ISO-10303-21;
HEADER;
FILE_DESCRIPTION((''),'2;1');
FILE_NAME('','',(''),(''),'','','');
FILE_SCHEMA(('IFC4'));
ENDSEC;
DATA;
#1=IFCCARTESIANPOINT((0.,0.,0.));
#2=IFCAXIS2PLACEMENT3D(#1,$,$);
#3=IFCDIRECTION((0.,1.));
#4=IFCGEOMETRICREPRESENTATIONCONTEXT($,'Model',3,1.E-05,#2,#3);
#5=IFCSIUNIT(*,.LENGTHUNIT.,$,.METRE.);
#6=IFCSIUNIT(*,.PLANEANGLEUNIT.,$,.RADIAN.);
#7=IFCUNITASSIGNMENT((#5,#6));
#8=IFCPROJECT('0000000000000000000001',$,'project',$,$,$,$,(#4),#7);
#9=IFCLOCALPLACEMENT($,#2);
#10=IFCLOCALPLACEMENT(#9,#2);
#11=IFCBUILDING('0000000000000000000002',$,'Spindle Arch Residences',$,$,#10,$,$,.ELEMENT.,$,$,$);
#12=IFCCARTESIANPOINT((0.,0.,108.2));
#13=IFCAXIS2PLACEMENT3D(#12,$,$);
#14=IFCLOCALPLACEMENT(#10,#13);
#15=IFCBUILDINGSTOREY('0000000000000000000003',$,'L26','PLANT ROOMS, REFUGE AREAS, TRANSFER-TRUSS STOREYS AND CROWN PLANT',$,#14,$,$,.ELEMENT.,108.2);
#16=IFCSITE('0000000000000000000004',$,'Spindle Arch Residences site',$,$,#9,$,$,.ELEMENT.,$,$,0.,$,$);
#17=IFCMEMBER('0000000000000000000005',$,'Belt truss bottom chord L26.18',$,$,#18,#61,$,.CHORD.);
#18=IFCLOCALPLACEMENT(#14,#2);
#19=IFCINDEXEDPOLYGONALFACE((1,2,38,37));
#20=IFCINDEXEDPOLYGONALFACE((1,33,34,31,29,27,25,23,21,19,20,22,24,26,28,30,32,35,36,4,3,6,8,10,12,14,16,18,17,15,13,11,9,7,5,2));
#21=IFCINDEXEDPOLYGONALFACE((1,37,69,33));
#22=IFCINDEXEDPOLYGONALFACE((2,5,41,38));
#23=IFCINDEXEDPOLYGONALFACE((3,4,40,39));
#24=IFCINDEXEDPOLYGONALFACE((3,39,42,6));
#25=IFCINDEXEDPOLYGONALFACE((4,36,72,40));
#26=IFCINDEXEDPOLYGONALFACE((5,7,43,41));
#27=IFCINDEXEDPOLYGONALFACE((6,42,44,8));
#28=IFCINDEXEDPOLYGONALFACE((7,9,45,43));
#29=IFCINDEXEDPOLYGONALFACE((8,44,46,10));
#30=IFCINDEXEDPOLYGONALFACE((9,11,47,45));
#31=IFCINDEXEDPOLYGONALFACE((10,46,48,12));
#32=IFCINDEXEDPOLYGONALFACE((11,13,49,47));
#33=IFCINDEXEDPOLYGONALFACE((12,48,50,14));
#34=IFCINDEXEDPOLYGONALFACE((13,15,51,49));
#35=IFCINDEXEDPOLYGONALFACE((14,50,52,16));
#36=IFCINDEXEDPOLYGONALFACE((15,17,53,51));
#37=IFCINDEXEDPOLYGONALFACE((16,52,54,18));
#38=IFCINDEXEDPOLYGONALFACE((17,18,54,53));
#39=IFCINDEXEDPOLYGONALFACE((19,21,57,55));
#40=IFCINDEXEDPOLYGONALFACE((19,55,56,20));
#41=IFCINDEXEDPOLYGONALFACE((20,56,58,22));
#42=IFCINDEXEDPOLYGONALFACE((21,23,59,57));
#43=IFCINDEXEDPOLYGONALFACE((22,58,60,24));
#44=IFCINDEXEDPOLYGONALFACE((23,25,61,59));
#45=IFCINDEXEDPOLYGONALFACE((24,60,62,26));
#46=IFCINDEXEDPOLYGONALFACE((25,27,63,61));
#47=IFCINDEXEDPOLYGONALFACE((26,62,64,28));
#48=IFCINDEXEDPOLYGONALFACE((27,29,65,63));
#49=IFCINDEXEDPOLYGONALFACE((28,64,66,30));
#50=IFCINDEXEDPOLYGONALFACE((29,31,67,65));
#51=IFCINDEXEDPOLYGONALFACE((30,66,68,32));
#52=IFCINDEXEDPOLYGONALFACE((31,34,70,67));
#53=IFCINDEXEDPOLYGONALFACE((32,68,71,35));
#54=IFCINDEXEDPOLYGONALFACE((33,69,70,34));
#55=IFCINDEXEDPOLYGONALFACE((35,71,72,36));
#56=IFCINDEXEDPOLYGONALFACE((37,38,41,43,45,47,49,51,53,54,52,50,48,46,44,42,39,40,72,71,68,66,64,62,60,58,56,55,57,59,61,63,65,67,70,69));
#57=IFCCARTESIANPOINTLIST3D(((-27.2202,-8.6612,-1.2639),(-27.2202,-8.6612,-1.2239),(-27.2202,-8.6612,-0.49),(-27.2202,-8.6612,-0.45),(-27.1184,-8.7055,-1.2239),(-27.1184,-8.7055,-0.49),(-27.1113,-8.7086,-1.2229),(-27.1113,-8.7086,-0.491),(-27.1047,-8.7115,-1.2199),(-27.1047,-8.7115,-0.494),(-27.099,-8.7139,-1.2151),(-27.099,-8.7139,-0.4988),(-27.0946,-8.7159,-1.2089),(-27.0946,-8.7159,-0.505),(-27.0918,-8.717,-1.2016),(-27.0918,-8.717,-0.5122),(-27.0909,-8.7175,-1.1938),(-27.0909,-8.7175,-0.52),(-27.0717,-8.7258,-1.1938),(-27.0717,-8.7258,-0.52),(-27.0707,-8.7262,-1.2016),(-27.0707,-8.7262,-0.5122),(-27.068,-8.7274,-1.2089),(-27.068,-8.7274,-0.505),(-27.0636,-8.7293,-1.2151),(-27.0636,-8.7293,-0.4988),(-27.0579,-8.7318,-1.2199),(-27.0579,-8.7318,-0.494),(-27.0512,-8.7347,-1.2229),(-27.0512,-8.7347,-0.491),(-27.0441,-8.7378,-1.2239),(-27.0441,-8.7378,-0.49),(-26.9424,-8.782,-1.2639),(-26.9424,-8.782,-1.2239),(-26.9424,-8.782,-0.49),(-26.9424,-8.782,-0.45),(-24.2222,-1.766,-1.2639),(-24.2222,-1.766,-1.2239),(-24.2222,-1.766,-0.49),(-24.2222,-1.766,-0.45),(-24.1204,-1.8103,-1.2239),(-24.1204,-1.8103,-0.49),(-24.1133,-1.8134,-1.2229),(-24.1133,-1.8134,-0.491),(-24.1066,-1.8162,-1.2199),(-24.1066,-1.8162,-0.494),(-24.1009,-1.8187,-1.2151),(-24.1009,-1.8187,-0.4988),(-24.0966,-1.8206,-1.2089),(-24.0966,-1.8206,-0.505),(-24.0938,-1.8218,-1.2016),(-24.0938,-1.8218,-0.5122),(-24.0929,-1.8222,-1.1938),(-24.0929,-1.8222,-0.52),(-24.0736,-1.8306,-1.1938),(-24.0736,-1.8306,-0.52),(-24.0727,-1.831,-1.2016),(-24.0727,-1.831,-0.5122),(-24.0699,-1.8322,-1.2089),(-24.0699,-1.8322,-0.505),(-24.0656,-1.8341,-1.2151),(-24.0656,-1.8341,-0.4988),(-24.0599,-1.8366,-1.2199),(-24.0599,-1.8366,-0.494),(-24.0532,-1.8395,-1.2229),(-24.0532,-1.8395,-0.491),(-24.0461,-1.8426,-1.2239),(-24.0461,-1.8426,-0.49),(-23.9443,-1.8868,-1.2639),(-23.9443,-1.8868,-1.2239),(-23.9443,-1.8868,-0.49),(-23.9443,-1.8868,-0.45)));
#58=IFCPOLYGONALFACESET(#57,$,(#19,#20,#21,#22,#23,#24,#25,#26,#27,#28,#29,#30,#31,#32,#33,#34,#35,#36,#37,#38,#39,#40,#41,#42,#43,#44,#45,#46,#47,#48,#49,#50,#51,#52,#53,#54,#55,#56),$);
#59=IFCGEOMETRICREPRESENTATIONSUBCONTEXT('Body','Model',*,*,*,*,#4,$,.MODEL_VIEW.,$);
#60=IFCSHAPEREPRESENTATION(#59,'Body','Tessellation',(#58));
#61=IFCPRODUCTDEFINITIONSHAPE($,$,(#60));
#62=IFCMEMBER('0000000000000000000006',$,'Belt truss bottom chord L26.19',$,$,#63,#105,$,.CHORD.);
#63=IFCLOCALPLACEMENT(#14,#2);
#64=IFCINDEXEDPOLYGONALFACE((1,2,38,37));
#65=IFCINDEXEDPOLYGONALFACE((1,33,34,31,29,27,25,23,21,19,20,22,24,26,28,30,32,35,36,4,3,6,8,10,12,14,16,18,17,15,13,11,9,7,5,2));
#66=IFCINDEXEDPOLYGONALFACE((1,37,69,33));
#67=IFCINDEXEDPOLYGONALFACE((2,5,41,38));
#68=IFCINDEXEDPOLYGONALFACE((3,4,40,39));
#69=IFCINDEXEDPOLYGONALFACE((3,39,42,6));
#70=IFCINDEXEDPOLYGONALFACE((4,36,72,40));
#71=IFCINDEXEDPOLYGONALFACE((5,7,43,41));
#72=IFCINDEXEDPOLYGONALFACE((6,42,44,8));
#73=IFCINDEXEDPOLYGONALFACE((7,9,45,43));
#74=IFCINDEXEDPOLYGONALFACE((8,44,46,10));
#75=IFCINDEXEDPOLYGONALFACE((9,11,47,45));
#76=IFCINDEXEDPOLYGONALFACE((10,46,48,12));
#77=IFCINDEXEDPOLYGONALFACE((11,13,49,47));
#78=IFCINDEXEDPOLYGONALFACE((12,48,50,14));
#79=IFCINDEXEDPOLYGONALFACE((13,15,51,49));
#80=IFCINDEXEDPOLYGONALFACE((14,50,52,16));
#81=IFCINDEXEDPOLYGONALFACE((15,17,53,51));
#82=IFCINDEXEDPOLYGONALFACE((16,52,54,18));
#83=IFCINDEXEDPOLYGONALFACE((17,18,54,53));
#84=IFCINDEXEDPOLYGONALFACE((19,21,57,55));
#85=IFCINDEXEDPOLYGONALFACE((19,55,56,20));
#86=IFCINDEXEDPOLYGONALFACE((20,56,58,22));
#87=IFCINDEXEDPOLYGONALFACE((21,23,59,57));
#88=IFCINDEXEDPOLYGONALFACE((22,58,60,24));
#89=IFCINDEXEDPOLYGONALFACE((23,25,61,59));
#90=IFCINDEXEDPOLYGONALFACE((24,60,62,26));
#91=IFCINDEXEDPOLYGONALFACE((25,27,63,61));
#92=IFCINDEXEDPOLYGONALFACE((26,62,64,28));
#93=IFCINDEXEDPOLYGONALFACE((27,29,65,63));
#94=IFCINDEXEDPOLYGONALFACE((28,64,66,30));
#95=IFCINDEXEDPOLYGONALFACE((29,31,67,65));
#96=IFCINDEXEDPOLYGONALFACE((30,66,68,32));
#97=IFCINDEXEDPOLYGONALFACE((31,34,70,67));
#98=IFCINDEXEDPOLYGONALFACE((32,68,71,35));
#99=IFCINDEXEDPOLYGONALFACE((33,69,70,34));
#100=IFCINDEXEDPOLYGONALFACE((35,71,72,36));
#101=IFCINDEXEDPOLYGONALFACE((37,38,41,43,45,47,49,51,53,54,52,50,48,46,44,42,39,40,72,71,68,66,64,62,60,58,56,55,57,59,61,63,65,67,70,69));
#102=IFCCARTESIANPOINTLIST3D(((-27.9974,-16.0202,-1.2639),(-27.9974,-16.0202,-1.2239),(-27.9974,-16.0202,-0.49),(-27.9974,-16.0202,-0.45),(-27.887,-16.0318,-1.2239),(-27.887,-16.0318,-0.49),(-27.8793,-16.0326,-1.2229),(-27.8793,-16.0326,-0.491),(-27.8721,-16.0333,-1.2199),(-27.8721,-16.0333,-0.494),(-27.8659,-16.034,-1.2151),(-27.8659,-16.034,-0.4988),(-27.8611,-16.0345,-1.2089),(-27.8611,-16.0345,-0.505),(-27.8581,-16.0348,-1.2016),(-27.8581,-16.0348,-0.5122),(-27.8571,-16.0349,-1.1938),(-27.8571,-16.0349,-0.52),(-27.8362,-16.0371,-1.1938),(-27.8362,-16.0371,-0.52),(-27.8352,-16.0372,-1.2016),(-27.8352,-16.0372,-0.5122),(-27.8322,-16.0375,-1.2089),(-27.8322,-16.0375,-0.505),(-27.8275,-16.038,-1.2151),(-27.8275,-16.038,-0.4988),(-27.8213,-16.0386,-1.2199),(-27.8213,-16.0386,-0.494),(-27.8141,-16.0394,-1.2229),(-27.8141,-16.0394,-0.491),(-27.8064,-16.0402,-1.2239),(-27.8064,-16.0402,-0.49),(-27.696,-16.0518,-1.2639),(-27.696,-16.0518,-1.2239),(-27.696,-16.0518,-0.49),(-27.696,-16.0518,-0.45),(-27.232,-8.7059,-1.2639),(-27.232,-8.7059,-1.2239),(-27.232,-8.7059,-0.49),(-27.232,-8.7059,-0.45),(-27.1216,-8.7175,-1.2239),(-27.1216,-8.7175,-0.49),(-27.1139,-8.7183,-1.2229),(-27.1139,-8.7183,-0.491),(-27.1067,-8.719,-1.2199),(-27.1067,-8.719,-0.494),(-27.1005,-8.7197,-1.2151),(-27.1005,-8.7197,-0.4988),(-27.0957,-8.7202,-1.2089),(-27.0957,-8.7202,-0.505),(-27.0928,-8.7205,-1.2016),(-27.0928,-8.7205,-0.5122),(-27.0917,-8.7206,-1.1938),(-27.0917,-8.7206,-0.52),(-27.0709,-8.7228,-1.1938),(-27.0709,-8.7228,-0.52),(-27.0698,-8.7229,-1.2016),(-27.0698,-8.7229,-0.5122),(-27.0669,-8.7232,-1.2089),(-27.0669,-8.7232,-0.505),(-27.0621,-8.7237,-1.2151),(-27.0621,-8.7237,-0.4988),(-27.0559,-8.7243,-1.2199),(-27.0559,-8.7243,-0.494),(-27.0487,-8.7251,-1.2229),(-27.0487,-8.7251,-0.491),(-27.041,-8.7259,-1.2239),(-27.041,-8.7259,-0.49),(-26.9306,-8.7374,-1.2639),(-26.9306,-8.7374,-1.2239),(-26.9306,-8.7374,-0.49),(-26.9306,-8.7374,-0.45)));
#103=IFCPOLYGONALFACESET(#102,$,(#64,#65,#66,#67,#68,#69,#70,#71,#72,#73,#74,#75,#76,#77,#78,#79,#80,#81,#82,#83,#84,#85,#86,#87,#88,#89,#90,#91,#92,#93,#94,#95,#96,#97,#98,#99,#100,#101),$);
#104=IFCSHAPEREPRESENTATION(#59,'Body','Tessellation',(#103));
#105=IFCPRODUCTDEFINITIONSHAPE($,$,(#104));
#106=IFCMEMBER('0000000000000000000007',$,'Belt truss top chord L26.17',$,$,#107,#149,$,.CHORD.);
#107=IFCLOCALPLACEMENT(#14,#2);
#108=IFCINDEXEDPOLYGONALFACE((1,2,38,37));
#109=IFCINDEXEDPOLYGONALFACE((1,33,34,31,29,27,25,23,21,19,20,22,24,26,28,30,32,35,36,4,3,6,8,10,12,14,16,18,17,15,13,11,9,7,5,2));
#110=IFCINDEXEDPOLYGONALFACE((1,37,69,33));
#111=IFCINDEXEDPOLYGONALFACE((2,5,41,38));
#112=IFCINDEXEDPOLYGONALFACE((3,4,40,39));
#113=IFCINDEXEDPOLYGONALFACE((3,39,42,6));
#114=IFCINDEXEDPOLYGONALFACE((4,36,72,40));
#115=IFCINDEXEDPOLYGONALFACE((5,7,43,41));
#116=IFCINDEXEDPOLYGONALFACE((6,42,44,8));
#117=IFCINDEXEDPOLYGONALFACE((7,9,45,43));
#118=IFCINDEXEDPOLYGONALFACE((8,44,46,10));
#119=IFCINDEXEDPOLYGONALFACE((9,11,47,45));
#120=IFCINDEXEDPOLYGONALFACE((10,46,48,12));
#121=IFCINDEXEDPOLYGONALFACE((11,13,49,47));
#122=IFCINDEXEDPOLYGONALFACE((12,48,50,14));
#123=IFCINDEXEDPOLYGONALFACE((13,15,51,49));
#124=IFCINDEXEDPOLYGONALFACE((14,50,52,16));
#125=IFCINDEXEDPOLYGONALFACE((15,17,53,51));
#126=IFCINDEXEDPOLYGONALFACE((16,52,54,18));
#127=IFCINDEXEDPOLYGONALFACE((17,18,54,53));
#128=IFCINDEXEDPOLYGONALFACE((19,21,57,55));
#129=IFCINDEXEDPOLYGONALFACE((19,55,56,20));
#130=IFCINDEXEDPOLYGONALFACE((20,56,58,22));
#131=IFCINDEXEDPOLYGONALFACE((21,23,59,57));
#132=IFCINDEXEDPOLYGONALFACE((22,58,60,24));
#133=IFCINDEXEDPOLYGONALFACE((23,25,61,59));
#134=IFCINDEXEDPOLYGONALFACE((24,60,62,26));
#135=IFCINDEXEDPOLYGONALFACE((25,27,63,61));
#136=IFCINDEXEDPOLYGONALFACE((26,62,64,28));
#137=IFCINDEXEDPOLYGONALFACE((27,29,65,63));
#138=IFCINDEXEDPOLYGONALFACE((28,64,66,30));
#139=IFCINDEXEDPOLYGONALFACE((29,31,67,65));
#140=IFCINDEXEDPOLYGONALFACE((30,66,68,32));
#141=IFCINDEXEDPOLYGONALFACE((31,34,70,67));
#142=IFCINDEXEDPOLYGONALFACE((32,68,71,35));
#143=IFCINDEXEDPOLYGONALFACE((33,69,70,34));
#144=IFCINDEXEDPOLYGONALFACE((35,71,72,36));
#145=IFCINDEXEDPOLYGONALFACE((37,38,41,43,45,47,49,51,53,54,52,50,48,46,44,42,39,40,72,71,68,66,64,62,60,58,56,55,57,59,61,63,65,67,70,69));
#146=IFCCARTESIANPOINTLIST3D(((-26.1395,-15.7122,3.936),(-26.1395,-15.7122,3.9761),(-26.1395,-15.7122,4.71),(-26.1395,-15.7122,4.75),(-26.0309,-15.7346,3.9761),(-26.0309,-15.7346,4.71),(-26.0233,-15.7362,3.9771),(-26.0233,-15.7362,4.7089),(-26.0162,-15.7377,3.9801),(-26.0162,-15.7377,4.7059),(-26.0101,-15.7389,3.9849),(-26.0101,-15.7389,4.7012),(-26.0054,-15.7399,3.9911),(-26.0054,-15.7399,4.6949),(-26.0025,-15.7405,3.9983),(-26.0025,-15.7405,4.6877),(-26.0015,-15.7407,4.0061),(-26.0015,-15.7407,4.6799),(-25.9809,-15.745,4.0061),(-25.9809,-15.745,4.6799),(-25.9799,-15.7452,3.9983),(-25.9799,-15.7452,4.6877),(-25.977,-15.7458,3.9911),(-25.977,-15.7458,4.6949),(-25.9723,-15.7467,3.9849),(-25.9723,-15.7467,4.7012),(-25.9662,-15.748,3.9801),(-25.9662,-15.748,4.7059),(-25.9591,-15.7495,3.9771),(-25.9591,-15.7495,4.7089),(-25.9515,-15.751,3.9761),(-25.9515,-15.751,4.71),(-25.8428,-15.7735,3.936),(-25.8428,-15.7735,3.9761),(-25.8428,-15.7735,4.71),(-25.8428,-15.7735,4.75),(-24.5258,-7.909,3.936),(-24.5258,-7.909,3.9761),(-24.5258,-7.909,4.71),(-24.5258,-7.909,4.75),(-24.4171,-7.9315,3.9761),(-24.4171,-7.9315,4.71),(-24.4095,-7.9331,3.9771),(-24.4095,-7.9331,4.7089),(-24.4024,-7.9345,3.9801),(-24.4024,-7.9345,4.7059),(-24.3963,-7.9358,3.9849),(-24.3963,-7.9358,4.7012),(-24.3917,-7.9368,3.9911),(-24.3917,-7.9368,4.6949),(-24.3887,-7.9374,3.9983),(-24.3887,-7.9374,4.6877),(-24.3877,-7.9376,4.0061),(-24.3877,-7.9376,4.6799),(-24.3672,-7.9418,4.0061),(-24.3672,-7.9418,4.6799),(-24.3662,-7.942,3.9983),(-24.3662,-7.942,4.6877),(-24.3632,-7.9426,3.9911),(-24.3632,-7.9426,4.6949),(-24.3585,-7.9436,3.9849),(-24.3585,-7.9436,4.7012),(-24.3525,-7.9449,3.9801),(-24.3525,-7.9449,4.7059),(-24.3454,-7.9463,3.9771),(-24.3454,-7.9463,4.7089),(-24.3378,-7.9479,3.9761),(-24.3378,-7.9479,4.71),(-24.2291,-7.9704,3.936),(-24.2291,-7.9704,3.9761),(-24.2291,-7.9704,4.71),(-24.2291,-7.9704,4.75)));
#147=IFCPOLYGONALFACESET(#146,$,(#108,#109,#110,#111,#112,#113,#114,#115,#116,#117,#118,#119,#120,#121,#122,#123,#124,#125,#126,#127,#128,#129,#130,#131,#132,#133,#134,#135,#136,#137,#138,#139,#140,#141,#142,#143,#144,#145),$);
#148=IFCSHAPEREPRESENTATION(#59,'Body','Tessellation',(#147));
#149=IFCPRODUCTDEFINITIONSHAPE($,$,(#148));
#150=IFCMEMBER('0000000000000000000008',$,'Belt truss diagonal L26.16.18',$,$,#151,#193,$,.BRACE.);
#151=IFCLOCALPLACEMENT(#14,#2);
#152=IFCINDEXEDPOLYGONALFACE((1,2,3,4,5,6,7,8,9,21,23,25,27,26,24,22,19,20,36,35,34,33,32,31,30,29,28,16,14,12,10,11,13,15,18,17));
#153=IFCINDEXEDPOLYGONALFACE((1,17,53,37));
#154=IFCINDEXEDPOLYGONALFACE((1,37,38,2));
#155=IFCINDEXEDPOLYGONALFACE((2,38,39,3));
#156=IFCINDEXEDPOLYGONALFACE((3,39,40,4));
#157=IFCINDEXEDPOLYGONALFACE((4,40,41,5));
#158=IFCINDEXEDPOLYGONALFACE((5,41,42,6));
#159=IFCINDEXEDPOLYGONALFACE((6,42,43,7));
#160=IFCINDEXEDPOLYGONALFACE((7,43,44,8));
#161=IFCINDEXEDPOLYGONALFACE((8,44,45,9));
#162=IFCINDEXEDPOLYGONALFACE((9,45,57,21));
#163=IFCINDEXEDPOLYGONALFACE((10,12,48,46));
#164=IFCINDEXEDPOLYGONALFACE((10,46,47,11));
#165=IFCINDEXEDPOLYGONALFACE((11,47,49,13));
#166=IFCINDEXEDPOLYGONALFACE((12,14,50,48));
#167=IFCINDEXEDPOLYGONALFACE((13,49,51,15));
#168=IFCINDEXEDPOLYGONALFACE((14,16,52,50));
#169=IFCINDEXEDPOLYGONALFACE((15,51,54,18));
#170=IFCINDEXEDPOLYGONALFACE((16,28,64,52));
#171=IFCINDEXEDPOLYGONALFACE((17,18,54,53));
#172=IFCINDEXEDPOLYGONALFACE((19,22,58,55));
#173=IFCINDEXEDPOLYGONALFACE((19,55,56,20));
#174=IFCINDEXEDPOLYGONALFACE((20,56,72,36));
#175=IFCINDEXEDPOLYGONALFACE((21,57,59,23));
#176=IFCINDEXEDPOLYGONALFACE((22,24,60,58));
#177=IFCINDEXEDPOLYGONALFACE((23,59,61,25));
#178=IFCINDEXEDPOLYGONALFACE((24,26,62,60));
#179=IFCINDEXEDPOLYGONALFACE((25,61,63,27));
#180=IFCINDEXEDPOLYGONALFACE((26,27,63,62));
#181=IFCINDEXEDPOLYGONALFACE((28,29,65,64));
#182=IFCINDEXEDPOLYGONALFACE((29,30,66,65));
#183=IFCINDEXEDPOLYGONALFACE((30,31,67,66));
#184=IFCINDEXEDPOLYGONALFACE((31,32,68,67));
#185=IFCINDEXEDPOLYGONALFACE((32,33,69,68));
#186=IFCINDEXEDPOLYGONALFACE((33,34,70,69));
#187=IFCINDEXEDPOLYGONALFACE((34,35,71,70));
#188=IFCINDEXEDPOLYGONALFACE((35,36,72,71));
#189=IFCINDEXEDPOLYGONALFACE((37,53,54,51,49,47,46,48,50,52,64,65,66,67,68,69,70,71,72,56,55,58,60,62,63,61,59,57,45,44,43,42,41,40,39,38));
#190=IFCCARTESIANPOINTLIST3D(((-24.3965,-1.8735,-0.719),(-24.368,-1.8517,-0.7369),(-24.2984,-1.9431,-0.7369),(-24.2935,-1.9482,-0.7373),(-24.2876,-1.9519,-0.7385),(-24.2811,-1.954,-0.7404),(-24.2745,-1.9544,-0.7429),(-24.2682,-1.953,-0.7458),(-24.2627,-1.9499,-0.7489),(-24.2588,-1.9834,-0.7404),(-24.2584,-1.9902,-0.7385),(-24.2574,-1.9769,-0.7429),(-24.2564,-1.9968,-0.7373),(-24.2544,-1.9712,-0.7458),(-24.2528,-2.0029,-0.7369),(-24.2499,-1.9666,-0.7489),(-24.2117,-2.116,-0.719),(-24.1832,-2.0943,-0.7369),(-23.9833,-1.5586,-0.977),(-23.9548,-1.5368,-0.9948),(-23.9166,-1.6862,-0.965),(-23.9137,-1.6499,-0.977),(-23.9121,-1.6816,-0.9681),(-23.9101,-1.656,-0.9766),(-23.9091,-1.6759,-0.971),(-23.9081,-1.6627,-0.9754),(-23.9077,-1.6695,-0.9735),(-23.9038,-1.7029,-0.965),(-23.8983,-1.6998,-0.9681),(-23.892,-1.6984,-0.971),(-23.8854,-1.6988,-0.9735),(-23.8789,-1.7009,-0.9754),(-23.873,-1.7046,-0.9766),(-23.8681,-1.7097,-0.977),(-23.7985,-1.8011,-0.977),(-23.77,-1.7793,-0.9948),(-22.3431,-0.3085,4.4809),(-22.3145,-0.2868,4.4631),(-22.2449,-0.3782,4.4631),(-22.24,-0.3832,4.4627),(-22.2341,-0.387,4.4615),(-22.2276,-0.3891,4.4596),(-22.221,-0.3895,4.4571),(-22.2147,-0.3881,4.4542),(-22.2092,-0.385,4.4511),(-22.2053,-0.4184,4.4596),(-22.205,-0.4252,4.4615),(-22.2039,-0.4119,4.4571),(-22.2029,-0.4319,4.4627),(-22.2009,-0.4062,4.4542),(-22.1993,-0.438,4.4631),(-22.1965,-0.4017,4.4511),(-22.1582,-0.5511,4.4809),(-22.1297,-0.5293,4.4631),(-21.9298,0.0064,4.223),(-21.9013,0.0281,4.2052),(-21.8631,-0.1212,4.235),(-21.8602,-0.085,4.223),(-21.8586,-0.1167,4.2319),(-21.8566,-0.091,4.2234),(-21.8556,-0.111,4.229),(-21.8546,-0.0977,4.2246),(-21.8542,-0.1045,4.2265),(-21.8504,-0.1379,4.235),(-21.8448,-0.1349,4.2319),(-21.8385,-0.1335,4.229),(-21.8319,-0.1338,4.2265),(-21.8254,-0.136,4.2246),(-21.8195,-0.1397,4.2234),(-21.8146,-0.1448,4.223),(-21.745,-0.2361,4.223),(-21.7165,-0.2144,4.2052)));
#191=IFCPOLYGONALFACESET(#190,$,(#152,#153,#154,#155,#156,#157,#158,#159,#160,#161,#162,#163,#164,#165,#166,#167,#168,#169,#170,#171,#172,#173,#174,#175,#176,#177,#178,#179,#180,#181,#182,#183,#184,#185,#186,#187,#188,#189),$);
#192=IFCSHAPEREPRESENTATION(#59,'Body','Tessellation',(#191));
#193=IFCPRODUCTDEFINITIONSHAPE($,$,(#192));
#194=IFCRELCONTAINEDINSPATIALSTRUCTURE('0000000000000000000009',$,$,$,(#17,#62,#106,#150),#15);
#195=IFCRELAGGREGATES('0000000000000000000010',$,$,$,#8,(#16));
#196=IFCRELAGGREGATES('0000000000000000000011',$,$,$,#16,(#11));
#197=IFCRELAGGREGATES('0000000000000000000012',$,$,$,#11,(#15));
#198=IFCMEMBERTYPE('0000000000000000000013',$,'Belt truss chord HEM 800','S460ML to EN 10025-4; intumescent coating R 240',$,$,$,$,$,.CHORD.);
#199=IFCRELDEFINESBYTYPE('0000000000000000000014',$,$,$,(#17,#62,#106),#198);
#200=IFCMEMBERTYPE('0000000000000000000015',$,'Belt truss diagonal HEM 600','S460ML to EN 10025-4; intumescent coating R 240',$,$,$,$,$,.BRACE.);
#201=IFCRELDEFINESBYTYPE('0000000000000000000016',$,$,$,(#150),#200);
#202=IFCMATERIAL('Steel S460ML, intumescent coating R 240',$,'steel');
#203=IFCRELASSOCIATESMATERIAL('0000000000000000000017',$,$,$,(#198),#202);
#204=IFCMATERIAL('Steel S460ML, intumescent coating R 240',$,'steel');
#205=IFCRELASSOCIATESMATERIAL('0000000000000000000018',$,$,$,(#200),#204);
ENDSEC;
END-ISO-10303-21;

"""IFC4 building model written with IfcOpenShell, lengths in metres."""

from ifc_helpers import new_model, si_unit, direction, frame, origin, origin_2d, place, context, subcontext, project, spatial, i_section, extrude, material, material_profile, profile_set, type_object, element, save


model = new_model("IFC4")

# Units and contexts
model_context = context("Model", 3, precision=1e-05, world=origin(), true_north=direction((0.0, 1.0)))
body_context = subcontext(model_context, "Body", "Model", "MODEL_VIEW")
ifc_project = project(units=[si_unit("LENGTHUNIT", "METRE"), si_unit("PLANEANGLEUNIT", "RADIAN")], contexts=[model_context])

# Site, building, storey
site_placement = place(None, origin())
site = spatial("IfcSite", under=ifc_project, at=site_placement, Name="Spindle Arch Residences site", CompositionType="ELEMENT", RefElevation=0.0)
building_placement = place(site_placement, origin())
building = spatial("IfcBuilding", under=site, at=building_placement, Name="Spindle Arch Residences", CompositionType="ELEMENT")
storey_placement = place(building_placement, frame((0.0, 0.0, 108.2)))
storey = spatial("IfcBuildingStorey", under=building, at=storey_placement, Name="L26", Description="PLANT ROOMS, REFUGE AREAS, TRANSFER-TRUSS STOREYS AND CROWN PLANT", CompositionType="ELEMENT", Elevation=108.2)

# Members
ifc_material_1 = material(Name="Steel S460ML, intumescent coating R 240", Category="steel")
ifc_material_profile_1 = material_profile(ifc_material_1, i_section(OverallWidth=0.303, OverallDepth=0.814, WebThickness=0.021, FlangeThickness=0.04, FilletRadius=0.03, at=origin_2d()), Name="HEM 800")
ifc_profile_set_1 = profile_set([ifc_material_profile_1], Name="Steel S460ML, intumescent coating R 240")
member_type_1 = type_object("IfcMemberType", Name="Belt truss chord HEM 800", Description="S460ML to EN 10025-4; intumescent coating R 240", PredefinedType="CHORD", material=ifc_profile_set_1)
member_1_placement = place(storey_placement, frame((-24.0833, -1.8264, -0.8569), z_axis=(-0.398738, -0.917065, 0.0), x_axis=(0.917065, -0.398738, 0.0)))
element("IfcMember", 1, at=member_1_placement, inside=storey, type_object=member_type_1, Name="Belt truss bottom chord L26.18", PredefinedType="CHORD", context=body_context, shape_type="SweptSolid", body=[
    extrude(i_section(OverallWidth=0.303, OverallDepth=0.814, WebThickness=0.021, FlangeThickness=0.04, FilletRadius=0.03, at=origin_2d()), origin(), (0.0, 0.0, 1.0), 7.5188),
])
member_2_placement = place(storey_placement, frame((-27.0813, -8.7217, -0.8569), z_axis=(-0.104075, -0.994569, 0.0), x_axis=(0.994569, -0.104075, 0.0)))
element("IfcMember", 2, at=member_2_placement, inside=storey, type_object=member_type_1, Name="Belt truss bottom chord L26.19", PredefinedType="CHORD", context=body_context, shape_type="SweptSolid", body=[
    extrude(i_section(OverallWidth=0.303, OverallDepth=0.814, WebThickness=0.021, FlangeThickness=0.04, FilletRadius=0.03, at=origin_2d()), origin(), (0.0, 0.0, 1.0), 7.3542),
])
member_3_placement = place(storey_placement, frame((-24.3774, -7.9397, 4.343), z_axis=(-0.202523, -0.979278, 0.0), x_axis=(0.979278, -0.202523, 0.0)))
element("IfcMember", 3, at=member_3_placement, inside=storey, type_object=member_type_1, Name="Belt truss top chord L26.17", PredefinedType="CHORD", context=body_context, shape_type="SweptSolid", body=[
    extrude(i_section(OverallWidth=0.303, OverallDepth=0.814, WebThickness=0.021, FlangeThickness=0.04, FilletRadius=0.03, at=origin_2d()), origin(), (0.0, 0.0, 1.0), 7.9683),
])
ifc_material_2 = material(Name="Steel S460ML, intumescent coating R 240", Category="steel")
ifc_material_profile_2 = material_profile(ifc_material_2, i_section(OverallWidth=0.3049, OverallDepth=0.6201, WebThickness=0.021, FlangeThickness=0.04, FilletRadius=0.0271, at=origin_2d()), Name="HEM 600")
ifc_profile_set_2 = profile_set([ifc_material_profile_2], Name="Steel S460ML, intumescent coating R 240")
member_type_2 = type_object("IfcMemberType", Name="Belt truss diagonal HEM 600", Description="S460ML to EN 10025-4; intumescent coating R 240", PredefinedType="BRACE", material=ifc_profile_set_2)
member_4_placement = place(storey_placement, frame((-24.0833, -1.8264, -0.8569), z_axis=(0.353703, 0.269556, 0.895675), x_axis=(-0.60614, 0.795358, 0.0)))
element("IfcMember", 4, at=member_4_placement, inside=storey, type_object=member_type_2, Name="Belt truss diagonal L26.16.18", PredefinedType="BRACE", context=body_context, shape_type="SweptSolid", body=[
    extrude(i_section(OverallWidth=0.3049, OverallDepth=0.6201, WebThickness=0.021, FlangeThickness=0.04, FilletRadius=0.0271, at=origin_2d()), origin(), (0.0, 0.0, 1.0), 5.8057),
])

save(model, "model.ifc")
